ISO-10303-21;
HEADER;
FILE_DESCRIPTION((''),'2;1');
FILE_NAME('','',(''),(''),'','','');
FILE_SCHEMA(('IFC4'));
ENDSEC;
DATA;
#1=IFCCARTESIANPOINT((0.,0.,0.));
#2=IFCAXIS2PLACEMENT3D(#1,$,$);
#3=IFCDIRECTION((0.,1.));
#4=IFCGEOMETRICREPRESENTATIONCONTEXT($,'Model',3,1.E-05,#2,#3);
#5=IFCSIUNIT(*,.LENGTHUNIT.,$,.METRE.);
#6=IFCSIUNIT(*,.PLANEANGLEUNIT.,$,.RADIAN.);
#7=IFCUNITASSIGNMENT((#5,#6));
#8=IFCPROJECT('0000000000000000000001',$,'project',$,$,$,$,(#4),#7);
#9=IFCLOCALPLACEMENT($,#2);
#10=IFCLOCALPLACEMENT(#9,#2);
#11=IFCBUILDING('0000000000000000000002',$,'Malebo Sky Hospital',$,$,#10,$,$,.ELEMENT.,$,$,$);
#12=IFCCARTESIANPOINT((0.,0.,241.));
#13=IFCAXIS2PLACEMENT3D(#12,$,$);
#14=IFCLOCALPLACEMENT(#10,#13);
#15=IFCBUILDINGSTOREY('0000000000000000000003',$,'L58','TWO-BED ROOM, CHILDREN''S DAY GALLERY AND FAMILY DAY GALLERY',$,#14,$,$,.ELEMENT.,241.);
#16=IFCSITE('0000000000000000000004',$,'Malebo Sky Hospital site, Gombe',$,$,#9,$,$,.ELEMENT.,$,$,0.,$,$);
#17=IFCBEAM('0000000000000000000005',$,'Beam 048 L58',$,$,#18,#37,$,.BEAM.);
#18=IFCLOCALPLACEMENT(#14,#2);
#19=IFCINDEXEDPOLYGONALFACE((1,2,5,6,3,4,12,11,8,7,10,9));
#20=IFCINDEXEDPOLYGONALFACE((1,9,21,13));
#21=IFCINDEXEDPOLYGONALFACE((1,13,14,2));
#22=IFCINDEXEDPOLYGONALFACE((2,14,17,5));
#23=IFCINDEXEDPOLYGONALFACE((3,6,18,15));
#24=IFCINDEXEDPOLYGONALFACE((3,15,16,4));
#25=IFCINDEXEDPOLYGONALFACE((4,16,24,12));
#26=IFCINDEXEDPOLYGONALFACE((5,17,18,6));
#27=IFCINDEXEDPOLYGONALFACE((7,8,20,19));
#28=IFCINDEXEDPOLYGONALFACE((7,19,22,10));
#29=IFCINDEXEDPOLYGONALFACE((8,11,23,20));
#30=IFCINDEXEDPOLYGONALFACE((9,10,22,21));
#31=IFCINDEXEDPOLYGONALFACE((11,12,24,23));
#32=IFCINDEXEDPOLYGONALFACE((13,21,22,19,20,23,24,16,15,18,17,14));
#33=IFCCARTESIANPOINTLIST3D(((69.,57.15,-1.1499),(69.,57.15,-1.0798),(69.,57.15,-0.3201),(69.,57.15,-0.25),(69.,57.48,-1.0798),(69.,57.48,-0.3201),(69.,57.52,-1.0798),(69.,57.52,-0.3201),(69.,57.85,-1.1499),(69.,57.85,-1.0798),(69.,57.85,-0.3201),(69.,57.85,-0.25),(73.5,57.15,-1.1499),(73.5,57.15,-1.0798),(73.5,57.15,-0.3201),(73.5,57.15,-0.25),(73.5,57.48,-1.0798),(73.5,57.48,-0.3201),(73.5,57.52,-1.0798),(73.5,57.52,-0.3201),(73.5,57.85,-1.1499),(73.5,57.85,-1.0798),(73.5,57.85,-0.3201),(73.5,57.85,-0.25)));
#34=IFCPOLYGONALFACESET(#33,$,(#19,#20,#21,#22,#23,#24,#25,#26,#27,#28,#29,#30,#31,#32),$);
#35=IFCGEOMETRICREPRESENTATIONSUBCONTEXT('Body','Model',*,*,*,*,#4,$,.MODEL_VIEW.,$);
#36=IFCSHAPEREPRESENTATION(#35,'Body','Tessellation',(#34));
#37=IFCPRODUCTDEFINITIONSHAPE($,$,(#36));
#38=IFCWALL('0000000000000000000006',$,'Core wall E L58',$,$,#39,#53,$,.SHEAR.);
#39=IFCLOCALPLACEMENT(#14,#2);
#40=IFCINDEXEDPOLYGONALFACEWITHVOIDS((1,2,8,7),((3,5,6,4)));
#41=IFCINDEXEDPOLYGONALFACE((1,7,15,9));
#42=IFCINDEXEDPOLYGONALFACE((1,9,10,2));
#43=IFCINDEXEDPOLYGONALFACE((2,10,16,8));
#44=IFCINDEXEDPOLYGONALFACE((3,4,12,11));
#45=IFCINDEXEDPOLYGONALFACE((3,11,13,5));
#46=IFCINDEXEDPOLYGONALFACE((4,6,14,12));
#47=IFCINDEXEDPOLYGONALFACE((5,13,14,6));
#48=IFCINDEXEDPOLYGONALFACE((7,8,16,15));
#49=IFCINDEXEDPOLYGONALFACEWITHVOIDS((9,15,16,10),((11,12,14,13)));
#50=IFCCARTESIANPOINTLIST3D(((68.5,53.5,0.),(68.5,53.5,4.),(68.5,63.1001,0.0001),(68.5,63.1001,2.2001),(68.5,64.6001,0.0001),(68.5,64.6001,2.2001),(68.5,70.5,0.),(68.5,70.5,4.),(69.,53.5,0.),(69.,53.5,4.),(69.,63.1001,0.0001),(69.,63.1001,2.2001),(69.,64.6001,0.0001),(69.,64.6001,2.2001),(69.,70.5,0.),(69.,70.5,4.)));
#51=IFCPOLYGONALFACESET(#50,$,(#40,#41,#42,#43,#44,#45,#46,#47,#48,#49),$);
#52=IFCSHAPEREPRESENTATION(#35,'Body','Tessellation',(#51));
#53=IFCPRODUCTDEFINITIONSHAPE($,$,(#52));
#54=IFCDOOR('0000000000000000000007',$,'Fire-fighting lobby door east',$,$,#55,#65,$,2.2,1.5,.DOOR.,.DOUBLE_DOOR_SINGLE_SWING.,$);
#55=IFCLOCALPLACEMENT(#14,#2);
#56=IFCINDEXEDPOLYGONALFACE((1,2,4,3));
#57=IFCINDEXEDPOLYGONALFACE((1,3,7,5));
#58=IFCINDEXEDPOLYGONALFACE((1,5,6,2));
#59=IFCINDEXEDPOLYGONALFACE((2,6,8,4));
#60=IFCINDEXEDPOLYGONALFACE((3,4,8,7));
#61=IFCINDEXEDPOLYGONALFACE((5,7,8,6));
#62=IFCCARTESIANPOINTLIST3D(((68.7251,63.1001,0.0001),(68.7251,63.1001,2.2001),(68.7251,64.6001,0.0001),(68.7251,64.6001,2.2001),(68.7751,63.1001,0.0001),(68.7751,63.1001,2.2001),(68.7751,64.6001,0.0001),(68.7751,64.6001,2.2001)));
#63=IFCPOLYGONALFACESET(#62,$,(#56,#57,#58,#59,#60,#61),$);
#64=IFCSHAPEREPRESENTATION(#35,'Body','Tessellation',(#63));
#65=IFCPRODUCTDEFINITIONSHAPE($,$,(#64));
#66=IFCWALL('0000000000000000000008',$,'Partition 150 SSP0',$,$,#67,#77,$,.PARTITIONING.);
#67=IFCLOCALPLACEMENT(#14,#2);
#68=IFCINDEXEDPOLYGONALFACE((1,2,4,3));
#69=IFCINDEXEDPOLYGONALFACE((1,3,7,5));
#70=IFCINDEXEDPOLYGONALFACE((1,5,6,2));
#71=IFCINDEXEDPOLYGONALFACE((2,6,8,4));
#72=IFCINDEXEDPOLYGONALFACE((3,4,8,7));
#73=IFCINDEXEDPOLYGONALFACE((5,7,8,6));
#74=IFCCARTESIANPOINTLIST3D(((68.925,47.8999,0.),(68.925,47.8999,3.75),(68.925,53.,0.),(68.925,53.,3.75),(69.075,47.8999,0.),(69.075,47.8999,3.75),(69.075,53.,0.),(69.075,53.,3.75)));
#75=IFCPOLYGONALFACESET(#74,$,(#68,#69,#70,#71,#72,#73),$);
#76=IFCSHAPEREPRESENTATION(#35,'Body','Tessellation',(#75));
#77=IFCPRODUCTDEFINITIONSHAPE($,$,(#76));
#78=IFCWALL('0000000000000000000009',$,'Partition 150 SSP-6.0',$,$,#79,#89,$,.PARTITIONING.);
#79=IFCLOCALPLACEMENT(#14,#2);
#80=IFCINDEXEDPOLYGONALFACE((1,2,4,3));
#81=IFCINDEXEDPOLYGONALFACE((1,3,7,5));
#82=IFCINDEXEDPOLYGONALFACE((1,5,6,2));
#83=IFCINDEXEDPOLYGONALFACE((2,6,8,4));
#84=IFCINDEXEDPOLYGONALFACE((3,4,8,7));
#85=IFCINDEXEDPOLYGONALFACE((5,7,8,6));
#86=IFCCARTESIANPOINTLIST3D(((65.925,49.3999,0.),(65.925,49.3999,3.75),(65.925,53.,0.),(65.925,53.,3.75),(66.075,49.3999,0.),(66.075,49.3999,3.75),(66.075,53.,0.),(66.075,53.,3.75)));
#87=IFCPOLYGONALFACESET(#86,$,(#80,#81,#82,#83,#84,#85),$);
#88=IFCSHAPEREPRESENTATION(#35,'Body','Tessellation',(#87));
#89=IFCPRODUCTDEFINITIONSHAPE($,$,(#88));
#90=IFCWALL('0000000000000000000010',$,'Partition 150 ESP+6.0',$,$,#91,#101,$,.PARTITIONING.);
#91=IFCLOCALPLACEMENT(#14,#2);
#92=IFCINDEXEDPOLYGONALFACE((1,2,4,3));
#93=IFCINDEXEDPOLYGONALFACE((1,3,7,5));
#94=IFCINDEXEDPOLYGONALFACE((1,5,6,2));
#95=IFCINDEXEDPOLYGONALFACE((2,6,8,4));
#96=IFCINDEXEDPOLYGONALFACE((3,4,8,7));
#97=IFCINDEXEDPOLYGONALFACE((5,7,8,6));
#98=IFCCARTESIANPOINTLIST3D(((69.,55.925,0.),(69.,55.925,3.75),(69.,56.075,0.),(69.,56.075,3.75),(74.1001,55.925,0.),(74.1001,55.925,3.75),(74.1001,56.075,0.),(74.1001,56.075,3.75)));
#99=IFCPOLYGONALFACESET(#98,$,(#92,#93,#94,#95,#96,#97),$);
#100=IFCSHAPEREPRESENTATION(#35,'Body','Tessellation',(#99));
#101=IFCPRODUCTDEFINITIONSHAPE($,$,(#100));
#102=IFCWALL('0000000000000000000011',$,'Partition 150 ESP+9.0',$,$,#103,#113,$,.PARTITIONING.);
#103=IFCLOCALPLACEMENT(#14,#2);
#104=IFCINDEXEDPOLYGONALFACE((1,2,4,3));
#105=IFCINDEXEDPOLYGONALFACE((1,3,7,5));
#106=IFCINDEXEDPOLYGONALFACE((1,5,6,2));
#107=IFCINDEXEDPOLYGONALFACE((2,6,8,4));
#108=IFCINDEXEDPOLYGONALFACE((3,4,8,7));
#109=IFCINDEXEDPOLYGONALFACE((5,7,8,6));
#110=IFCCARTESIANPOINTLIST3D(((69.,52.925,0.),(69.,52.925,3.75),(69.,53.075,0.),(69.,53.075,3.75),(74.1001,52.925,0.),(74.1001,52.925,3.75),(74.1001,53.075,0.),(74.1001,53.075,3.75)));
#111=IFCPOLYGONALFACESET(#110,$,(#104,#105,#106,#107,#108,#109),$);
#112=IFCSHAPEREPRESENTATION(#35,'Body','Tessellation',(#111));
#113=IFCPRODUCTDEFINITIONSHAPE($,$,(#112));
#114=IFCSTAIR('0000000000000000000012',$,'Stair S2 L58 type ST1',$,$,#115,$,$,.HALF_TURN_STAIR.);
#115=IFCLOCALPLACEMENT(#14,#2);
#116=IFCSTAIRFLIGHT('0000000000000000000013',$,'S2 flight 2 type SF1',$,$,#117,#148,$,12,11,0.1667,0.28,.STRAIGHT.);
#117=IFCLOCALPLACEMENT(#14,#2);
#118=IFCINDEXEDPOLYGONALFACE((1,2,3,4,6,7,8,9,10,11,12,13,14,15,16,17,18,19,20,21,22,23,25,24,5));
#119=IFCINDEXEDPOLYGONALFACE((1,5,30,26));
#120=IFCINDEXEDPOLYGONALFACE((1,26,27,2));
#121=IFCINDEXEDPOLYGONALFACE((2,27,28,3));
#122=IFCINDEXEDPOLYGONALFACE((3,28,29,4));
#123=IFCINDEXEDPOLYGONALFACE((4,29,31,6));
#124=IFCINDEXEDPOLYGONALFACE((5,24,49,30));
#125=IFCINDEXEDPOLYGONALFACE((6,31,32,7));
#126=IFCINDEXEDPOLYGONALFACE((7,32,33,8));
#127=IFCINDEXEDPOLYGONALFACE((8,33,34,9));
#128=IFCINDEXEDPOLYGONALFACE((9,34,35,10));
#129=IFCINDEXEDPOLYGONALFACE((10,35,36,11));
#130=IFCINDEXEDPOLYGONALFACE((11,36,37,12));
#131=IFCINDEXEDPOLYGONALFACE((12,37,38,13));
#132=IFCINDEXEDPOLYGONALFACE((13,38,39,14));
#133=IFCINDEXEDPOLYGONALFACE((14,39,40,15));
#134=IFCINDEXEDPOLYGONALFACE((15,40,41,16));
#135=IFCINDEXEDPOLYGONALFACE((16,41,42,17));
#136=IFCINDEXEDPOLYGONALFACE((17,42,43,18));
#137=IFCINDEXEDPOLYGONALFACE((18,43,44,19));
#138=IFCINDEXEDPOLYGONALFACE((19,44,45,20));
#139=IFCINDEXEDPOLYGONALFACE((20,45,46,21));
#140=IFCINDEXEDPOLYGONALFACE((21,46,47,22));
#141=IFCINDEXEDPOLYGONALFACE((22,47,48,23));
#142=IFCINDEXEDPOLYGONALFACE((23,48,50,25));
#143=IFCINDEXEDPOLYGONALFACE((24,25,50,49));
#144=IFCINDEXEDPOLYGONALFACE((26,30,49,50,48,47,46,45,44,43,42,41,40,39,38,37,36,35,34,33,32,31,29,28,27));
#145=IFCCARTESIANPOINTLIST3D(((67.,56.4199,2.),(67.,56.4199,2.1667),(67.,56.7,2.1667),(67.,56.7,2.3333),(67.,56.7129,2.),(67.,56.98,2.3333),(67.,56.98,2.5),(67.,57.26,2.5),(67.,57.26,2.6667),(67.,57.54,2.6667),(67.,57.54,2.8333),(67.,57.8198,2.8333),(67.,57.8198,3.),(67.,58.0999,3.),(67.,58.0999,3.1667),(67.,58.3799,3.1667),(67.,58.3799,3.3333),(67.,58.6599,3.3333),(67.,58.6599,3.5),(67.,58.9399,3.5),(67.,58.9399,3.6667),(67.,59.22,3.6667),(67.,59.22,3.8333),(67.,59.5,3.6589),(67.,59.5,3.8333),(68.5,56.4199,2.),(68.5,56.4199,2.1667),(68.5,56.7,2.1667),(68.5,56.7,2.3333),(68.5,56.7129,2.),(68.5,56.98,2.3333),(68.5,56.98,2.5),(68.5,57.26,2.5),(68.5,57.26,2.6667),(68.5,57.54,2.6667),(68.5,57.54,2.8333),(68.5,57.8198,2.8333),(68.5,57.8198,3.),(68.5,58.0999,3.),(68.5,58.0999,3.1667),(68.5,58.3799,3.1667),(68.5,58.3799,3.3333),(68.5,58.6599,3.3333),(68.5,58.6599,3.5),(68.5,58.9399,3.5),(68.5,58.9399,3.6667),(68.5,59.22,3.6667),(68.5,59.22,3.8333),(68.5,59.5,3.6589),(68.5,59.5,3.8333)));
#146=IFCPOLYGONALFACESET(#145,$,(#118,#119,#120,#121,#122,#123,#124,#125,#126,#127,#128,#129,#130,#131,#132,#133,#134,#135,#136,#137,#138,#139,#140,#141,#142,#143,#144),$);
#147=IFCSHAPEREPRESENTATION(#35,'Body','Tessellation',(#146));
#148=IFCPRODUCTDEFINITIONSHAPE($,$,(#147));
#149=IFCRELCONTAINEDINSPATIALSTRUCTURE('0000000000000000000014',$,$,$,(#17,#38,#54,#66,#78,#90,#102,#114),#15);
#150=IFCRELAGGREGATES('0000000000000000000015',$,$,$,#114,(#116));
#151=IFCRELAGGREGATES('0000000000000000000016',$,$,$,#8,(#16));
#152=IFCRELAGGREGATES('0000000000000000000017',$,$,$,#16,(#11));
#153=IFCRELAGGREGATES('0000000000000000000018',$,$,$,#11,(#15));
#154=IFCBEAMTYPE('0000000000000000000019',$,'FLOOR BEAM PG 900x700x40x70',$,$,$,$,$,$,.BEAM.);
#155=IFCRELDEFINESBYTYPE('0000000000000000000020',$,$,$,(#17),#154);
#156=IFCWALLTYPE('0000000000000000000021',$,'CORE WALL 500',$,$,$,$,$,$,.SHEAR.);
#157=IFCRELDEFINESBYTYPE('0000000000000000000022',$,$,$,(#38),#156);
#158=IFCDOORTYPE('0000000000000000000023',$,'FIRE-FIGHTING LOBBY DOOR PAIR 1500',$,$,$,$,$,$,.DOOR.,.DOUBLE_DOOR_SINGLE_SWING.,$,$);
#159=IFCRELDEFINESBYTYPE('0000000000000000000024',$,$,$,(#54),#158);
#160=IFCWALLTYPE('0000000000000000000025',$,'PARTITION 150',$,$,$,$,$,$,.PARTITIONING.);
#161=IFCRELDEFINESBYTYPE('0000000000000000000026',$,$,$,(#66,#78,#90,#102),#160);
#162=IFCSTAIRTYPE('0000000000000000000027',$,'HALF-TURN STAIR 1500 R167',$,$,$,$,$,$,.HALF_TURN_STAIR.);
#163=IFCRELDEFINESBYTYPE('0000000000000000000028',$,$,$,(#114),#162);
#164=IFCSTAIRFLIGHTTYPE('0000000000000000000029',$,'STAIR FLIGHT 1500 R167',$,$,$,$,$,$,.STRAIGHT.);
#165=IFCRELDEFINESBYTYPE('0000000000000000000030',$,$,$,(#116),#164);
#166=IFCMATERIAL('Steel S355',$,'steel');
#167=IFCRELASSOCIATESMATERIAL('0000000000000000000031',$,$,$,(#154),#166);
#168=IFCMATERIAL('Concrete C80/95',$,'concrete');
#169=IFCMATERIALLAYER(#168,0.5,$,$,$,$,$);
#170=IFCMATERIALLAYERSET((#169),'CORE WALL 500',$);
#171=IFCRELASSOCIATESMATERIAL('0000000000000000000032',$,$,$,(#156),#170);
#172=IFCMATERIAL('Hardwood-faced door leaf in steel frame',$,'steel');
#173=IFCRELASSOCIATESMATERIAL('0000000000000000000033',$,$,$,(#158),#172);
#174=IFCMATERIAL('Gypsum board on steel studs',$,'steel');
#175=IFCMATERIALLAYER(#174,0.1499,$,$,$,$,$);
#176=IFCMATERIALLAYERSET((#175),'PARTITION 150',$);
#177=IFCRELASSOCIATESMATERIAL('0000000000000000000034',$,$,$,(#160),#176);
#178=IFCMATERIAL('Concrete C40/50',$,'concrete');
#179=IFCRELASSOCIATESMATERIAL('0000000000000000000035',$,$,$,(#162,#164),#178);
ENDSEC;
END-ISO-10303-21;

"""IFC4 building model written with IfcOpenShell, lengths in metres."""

from ifc_helpers import new_model, si_unit, direction, frame, frame_2d, origin, origin_2d, place, context, subcontext, project, spatial, polyline, rectangle, i_section, outline, extrude, material, layer, layer_set, material_profile, profile_set, type_object, element, fill, aggregate, save


model = new_model("IFC4")

# Units and contexts
model_context = context("Model", 3, precision=1e-05, world=origin(), true_north=direction((0.0, 1.0)))
body_context = subcontext(model_context, "Body", "Model", "MODEL_VIEW")
ifc_project = project(units=[si_unit("LENGTHUNIT", "METRE"), si_unit("PLANEANGLEUNIT", "RADIAN")], contexts=[model_context])

# Site, building, storey
site_placement = place(None, origin())
site = spatial("IfcSite", under=ifc_project, at=site_placement, Name="Malebo Sky Hospital site, Gombe", CompositionType="ELEMENT", RefElevation=0.0)
building_placement = place(site_placement, origin())
building = spatial("IfcBuilding", under=site, at=building_placement, Name="Malebo Sky Hospital", CompositionType="ELEMENT")
storey_placement = place(building_placement, frame((0.0, 0.0, 241.0)))
storey = spatial("IfcBuildingStorey", under=building, at=storey_placement, Name="L58", Description="TWO-BED ROOM, CHILDREN'S DAY GALLERY AND FAMILY DAY GALLERY", CompositionType="ELEMENT", Elevation=241.0)

# Beam
ifc_material_1 = material(Name="Steel S355", Category="steel")
ifc_material_profile = material_profile(ifc_material_1, i_section(OverallWidth=0.7, OverallDepth=0.8999, WebThickness=0.04, FlangeThickness=0.0701, at=origin_2d()), Name="PG 900x700x40x70")
ifc_profile_set = profile_set([ifc_material_profile], Name="Steel S355")
beam_type = type_object("IfcBeamType", Name="FLOOR BEAM PG 900x700x40x70", PredefinedType="BEAM", material=ifc_profile_set)
beam_placement = place(storey_placement, frame((69.0, 57.5, -0.7), z_axis=(1.0, 0.0, 0.0), x_axis=(0.0, 1.0, 0.0)))
element("IfcBeam", 1, at=beam_placement, inside=storey, type_object=beam_type, Name="Beam 048 L58", PredefinedType="BEAM", context=body_context, shape_type="SweptSolid", body=[
    extrude(i_section(OverallWidth=0.7, OverallDepth=0.8999, WebThickness=0.04, FlangeThickness=0.0701, at=origin_2d()), origin(), (0.0, 0.0, 1.0), 4.5),
])

# Wall, opening, door
ifc_material_2 = material(Name="Concrete C80/95", Category="concrete")
ifc_layer_1 = layer(ifc_material_2, 0.5)
ifc_layer_set_1 = layer_set([ifc_layer_1], Name="CORE WALL 500")
wall_type_1 = type_object("IfcWallType", Name="CORE WALL 500", PredefinedType="SHEAR", material=ifc_layer_set_1)
wall_1_placement = place(storey_placement, frame((68.75, 53.5, 0.0), z_axis=(0.0, 0.0, 1.0), x_axis=(0.0, 1.0, 0.0)))
wall_1 = element("IfcWall", 2, at=wall_1_placement, inside=storey, type_object=wall_type_1, Name="Core wall E L58", PredefinedType="SHEAR", context=body_context, shape_type="SweptSolid", body=[
    extrude(rectangle(XDim=17.0, YDim=0.5, at=frame_2d((8.5, 0.0))), origin(), (0.0, 0.0, 1.0), 4.0),
])
opening_placement = place(wall_1_placement, frame((9.6001, 0.0, 0.0)))
opening = element("IfcOpeningElement", 3, at=opening_placement, cuts=wall_1, PredefinedType="OPENING", context=body_context, shape_type="SweptSolid", body=[
    extrude(rectangle(XDim=1.5, YDim=2.2, at=frame_2d((0.75, 1.1001))), frame((0.0, 0.26, 0.0), z_axis=(0.0, -1.0, 0.0), x_axis=(1.0, 0.0, 0.0)), (0.0, 0.0, 1.0), 0.52),
])
ifc_material_3 = material(Name="Hardwood-faced door leaf in steel frame", Category="steel")
door_type = type_object("IfcDoorType", Name="FIRE-FIGHTING LOBBY DOOR PAIR 1500", OperationType="DOUBLE_DOOR_SINGLE_SWING", PredefinedType="DOOR", material=ifc_material_3)
door_placement = place(opening_placement, origin())
door = element("IfcDoor", 4, at=door_placement, inside=storey, type_object=door_type, Name="Fire-fighting lobby door east", OperationType="DOUBLE_DOOR_SINGLE_SWING", OverallHeight=2.2, OverallWidth=1.5, PredefinedType="DOOR", context=body_context, shape_type="SweptSolid", body=[
    extrude(rectangle(XDim=1.5, YDim=2.2, at=frame_2d((0.75, 1.1001))), frame((0.0, 0.0249, 0.0), z_axis=(0.0, -1.0, 0.0), x_axis=(1.0, 0.0, 0.0)), (0.0, 0.0, 1.0), 0.05),
])
fill(opening, door)

# Walls
ifc_material_4 = material(Name="Gypsum board on steel studs", Category="steel")
ifc_layer_2 = layer(ifc_material_4, 0.1499)
ifc_layer_set_2 = layer_set([ifc_layer_2], Name="PARTITION 150")
wall_type_2 = type_object("IfcWallType", Name="PARTITION 150", PredefinedType="PARTITIONING", material=ifc_layer_set_2)
wall_2_placement = place(storey_placement, frame((69.0, 53.0, 0.0), z_axis=(0.0, 0.0, 1.0), x_axis=(0.0, -1.0, 0.0)))
element("IfcWall", 5, at=wall_2_placement, inside=storey, type_object=wall_type_2, Name="Partition 150 SSP0", PredefinedType="PARTITIONING", context=body_context, shape_type="SweptSolid", body=[
    extrude(rectangle(XDim=5.1001, YDim=0.1499, at=frame_2d((2.55, 0.0))), origin(), (0.0, 0.0, 1.0), 3.75),
])
wall_3_placement = place(storey_placement, frame((66.0, 53.0, 0.0), z_axis=(0.0, 0.0, 1.0), x_axis=(0.0, -1.0, 0.0)))
element("IfcWall", 6, at=wall_3_placement, inside=storey, type_object=wall_type_2, Name="Partition 150 SSP-6.0", PredefinedType="PARTITIONING", context=body_context, shape_type="SweptSolid", body=[
    extrude(rectangle(XDim=3.6001, YDim=0.1499, at=frame_2d((1.8, 0.0))), origin(), (0.0, 0.0, 1.0), 3.75),
])
for number, where, z_axis, x_axis, name in (
    (7, (69.0, 56.0, 0.0), (0.0, 0.0, 1.0), (1.0, 0.0, 0.0), "Partition 150 ESP+6.0"),
    (8, (69.0, 53.0, 0.0), (0.0, 0.0, 1.0), (1.0, 0.0, 0.0), "Partition 150 ESP+9.0"),
):
    element("IfcWall", number, at=place(storey_placement, frame(where, z_axis=z_axis, x_axis=x_axis)), inside=storey, type_object=wall_type_2, Name=name, PredefinedType="PARTITIONING", context=body_context, shape_type="SweptSolid", body=[
        extrude(rectangle(XDim=5.1001, YDim=0.1499, at=frame_2d((2.55, 0.0))), origin(), (0.0, 0.0, 1.0), 3.75),
    ])

# Stair, stair flight
ifc_material_5 = material(Name="Concrete C40/50", Category="concrete")
stair_type = type_object("IfcStairType", Name="HALF-TURN STAIR 1500 R167", PredefinedType="HALF_TURN_STAIR", material=ifc_material_5)
stair_placement = place(storey_placement, origin())
stair = element("IfcStair", 9, at=stair_placement, inside=storey, type_object=stair_type, Name="Stair S2 L58 type ST1", PredefinedType="HALF_TURN_STAIR")
stair_flight_type = type_object("IfcStairFlightType", Name="STAIR FLIGHT 1500 R167", PredefinedType="STRAIGHT", material=ifc_material_5)
stair_flight_placement = place(storey_placement, frame((67.75, 56.4199, 2.0), z_axis=(0.0, 0.0, 1.0), x_axis=(0.0, 1.0, 0.0)))
stair_flight = element("IfcStairFlight", 10, at=stair_flight_placement, type_object=stair_flight_type, Name="S2 flight 2 type SF1", NumberOfRisers=12, NumberOfTreads=11, PredefinedType="STRAIGHT", RiserHeight=0.1667, TreadLength=0.28, context=body_context, shape_type="SweptSolid", body=[
    extrude(outline(polyline([(0.0, 0.0), (0.0, 0.1667), (0.28, 0.1667), (0.28, 0.3333), (0.5601, 0.3333), (0.5601, 0.5), (0.8401, 0.5), (0.8401, 0.6667), (1.1201, 0.6667), (1.1201, 0.8333), (1.3999, 0.8333), (1.3999, 1.0), (1.6799, 1.0), (1.6799, 1.1667), (1.96, 1.1667), (1.96, 1.3333), (2.24, 1.3333), (2.24, 1.5), (2.52, 1.5), (2.52, 1.6667), (2.8, 1.6667), (2.8, 1.8333), (3.0801, 1.8333), (3.0801, 2.0), (3.0801, 1.6589), (0.293, 0.0), (0.0, 0.0)])), frame((0.0, 0.75, 0.0), z_axis=(0.0, -1.0, 0.0), x_axis=(1.0, 0.0, 0.0)), (0.0, 0.0, 1.0), 1.5),
])
aggregate(stair, [stair_flight])

save(model, "model.ifc")
